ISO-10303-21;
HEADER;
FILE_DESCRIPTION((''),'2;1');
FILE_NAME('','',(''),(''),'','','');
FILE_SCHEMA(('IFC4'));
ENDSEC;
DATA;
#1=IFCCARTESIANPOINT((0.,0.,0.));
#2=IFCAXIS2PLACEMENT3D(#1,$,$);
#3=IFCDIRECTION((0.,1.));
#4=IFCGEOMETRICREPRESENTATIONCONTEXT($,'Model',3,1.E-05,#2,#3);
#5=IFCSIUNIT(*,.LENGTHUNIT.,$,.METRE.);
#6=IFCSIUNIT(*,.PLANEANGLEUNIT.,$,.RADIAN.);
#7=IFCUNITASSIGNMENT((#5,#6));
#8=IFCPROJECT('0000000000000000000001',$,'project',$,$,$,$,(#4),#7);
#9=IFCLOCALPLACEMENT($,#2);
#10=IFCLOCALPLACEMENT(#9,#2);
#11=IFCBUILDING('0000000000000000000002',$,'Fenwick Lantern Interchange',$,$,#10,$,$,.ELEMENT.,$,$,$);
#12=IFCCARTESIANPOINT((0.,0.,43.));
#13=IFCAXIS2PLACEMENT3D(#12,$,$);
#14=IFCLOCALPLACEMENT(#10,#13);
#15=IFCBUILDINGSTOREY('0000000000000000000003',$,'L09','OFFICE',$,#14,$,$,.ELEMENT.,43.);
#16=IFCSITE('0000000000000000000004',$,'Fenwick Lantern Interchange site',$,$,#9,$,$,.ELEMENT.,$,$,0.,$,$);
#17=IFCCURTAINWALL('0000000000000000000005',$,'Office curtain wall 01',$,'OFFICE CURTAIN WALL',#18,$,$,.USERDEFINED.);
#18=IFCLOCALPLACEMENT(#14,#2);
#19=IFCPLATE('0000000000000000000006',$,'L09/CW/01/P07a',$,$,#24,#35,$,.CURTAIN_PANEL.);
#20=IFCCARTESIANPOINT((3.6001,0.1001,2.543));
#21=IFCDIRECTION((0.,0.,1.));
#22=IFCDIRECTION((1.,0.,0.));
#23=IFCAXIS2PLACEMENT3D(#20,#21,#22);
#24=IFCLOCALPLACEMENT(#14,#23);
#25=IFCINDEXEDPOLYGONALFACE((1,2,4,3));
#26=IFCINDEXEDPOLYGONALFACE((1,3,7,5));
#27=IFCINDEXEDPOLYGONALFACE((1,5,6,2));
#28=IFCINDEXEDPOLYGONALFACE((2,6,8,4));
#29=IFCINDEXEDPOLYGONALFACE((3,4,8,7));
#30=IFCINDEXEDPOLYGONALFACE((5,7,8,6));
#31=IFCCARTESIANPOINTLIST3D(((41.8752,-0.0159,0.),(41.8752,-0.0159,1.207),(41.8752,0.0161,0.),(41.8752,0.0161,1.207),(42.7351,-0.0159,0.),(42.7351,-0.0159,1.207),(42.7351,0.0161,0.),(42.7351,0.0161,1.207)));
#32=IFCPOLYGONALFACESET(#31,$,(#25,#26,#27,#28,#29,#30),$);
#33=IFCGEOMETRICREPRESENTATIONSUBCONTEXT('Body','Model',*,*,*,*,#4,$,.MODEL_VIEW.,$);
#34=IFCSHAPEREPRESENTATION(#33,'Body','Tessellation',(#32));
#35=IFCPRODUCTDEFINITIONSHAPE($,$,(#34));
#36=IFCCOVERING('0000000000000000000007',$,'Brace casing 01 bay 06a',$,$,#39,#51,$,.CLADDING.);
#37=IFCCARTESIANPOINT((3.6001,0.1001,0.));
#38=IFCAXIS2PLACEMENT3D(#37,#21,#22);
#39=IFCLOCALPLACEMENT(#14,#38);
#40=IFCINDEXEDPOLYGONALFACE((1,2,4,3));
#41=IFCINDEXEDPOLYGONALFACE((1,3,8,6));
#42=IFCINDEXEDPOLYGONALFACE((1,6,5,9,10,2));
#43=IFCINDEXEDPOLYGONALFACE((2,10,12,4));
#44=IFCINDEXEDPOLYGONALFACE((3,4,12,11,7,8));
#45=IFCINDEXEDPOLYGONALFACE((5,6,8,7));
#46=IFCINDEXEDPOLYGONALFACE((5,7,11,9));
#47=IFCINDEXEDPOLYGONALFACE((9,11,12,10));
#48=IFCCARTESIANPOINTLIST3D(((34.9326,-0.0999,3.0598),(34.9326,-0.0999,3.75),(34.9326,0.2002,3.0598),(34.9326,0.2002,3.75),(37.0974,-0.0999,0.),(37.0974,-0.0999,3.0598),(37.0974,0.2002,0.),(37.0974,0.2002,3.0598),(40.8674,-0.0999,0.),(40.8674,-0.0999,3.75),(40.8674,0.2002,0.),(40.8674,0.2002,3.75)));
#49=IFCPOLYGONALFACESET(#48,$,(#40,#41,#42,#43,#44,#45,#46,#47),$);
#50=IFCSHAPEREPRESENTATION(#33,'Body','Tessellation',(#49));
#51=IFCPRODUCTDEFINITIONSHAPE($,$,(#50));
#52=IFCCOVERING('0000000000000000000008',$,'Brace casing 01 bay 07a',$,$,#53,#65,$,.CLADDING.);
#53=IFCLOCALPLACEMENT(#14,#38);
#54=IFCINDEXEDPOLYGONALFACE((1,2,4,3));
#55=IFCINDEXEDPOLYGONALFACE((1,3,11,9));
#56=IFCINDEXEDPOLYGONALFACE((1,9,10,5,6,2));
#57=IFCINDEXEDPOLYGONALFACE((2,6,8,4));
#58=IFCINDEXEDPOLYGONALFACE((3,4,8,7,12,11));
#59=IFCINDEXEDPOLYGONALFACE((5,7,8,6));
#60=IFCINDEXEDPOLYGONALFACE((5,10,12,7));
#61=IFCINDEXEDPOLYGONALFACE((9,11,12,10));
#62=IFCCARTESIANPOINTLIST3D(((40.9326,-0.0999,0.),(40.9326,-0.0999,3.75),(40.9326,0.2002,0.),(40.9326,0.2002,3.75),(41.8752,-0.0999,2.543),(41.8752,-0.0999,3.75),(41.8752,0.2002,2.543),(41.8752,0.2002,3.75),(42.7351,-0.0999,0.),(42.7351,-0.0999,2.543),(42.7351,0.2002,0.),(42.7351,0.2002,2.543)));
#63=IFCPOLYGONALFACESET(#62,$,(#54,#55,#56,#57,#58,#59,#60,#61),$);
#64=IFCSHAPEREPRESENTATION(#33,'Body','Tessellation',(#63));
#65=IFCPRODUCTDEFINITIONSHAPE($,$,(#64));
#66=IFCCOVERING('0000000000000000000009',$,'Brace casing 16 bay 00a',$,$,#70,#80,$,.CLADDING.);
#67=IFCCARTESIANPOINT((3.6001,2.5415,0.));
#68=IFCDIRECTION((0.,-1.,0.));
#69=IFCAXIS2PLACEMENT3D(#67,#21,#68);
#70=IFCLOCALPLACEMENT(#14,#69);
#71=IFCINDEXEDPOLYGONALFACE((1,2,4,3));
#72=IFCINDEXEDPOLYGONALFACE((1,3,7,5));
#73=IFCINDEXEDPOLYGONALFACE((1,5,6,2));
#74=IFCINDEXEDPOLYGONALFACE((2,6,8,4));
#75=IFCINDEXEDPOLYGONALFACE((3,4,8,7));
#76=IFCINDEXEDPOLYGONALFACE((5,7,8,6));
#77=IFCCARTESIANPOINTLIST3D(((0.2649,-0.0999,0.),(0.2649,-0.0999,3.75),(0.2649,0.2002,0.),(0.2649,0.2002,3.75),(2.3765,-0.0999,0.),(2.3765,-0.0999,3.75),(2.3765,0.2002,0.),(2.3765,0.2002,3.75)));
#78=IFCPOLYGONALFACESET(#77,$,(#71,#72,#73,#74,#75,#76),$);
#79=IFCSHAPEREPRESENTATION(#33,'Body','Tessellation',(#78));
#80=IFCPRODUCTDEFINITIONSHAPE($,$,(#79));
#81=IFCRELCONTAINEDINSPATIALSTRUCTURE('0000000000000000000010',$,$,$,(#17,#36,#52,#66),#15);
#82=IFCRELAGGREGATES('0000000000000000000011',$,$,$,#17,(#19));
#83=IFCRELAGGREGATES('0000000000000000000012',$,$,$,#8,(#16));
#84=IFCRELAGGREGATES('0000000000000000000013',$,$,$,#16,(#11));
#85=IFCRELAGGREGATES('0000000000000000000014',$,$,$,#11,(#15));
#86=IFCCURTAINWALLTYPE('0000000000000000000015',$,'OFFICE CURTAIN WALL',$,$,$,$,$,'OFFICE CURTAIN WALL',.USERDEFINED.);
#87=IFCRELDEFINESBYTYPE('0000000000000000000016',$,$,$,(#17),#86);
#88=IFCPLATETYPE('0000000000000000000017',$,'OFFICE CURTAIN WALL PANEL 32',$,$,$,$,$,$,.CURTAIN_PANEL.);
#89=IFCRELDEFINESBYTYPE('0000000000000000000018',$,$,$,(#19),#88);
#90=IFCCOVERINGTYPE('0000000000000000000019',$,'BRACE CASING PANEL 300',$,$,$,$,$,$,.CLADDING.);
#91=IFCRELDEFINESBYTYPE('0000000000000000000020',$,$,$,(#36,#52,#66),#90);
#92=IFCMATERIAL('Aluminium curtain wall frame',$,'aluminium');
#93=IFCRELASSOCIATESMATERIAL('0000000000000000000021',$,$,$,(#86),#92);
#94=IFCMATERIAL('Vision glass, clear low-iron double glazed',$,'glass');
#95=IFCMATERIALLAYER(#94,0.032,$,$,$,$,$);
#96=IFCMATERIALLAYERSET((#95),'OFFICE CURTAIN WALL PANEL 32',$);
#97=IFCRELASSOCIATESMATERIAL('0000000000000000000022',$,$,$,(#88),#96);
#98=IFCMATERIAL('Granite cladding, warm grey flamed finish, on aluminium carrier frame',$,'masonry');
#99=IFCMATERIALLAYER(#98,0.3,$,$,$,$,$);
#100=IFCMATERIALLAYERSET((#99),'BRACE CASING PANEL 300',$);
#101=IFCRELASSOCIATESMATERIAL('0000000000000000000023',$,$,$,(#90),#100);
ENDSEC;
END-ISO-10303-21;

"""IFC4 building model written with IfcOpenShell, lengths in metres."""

from ifc_helpers import new_model, si_unit, direction, frame, origin, place, context, subcontext, project, spatial, polyline, outline, extrude, material, layer, layer_set, type_object, element, aggregate, save


model = new_model("IFC4")

# Units and contexts
model_context = context("Model", 3, precision=1e-05, world=origin(), true_north=direction((0.0, 1.0)))
body_context = subcontext(model_context, "Body", "Model", "MODEL_VIEW")
ifc_project = project(units=[si_unit("LENGTHUNIT", "METRE"), si_unit("PLANEANGLEUNIT", "RADIAN")], contexts=[model_context])

# Site, building, storey
site_placement = place(None, origin())
site = spatial("IfcSite", under=ifc_project, at=site_placement, Name="Fenwick Lantern Interchange site", CompositionType="ELEMENT", RefElevation=0.0)
building_placement = place(site_placement, origin())
building = spatial("IfcBuilding", under=site, at=building_placement, Name="Fenwick Lantern Interchange", CompositionType="ELEMENT")
storey_placement = place(building_placement, frame((0.0, 0.0, 43.0)))
storey = spatial("IfcBuildingStorey", under=building, at=storey_placement, Name="L09", Description="OFFICE", CompositionType="ELEMENT", Elevation=43.0)

# Curtain wall
ifc_material_1 = material(Name="Aluminium curtain wall frame", Category="aluminium")
curtain_wall_type = type_object("IfcCurtainWallType", Name="OFFICE CURTAIN WALL", ElementType="OFFICE CURTAIN WALL", PredefinedType="USERDEFINED", material=ifc_material_1)
curtain_wall_1_placement = place(storey_placement, origin())
curtain_wall_1 = element("IfcCurtainWall", 1, at=curtain_wall_1_placement, inside=storey, type_object=curtain_wall_type, Name="Office curtain wall 01", ObjectType="OFFICE CURTAIN WALL", PredefinedType="USERDEFINED")

# Plate
ifc_material_2 = material(Name="Vision glass, clear low-iron double glazed", Category="glass")
ifc_layer_1 = layer(ifc_material_2, 0.032)
ifc_layer_set_1 = layer_set([ifc_layer_1], Name="OFFICE CURTAIN WALL PANEL 32")
plate_type = type_object("IfcPlateType", Name="OFFICE CURTAIN WALL PANEL 32", PredefinedType="CURTAIN_PANEL", material=ifc_layer_set_1)
plate_placement = place(storey_placement, frame((3.6001, 0.1001, 2.543), z_axis=(0.0, 0.0, 1.0), x_axis=(1.0, 0.0, 0.0)))
plate = element("IfcPlate", 2, at=plate_placement, type_object=plate_type, Name="L09/CW/01/P07a", PredefinedType="CURTAIN_PANEL", context=body_context, shape_type="SweptSolid", body=[
    extrude(outline(polyline([(41.8752, 0.0), (42.7351, 0.0), (42.7351, 1.207), (41.8752, 1.207), (41.8752, 0.0)])), frame((0.0, 0.0161, 0.0), z_axis=(0.0, -1.0, 0.0), x_axis=(1.0, 0.0, 0.0)), (0.0, 0.0, 1.0), 0.032),
])
aggregate(curtain_wall_1, [plate])

# Coverings
ifc_material_3 = material(Name="Granite cladding, warm grey flamed finish, on aluminium carrier frame", Category="masonry")
ifc_layer_2 = layer(ifc_material_3, 0.3)
ifc_layer_set_2 = layer_set([ifc_layer_2], Name="BRACE CASING PANEL 300")
covering_type = type_object("IfcCoveringType", Name="BRACE CASING PANEL 300", PredefinedType="CLADDING", material=ifc_layer_set_2)
covering_1_placement = place(storey_placement, frame((3.6001, 0.1001, 0.0), z_axis=(0.0, 0.0, 1.0), x_axis=(1.0, 0.0, 0.0)))
element("IfcCovering", 3, at=covering_1_placement, inside=storey, type_object=covering_type, Name="Brace casing 01 bay 06a", PredefinedType="CLADDING", context=body_context, shape_type="SweptSolid", body=[
    extrude(outline(polyline([(37.0974, 0.0), (40.8674, 0.0), (40.8674, 3.75), (34.9326, 3.75), (34.9326, 3.0598), (37.0974, 3.0598), (37.0974, 0.0)])), frame((0.0, 0.2002, 0.0), z_axis=(0.0, -1.0, 0.0), x_axis=(1.0, 0.0, 0.0)), (0.0, 0.0, 1.0), 0.3),
])
covering_2_placement = place(storey_placement, frame((3.6001, 0.1001, 0.0), z_axis=(0.0, 0.0, 1.0), x_axis=(1.0, 0.0, 0.0)))
element("IfcCovering", 4, at=covering_2_placement, inside=storey, type_object=covering_type, Name="Brace casing 01 bay 07a", PredefinedType="CLADDING", context=body_context, shape_type="SweptSolid", body=[
    extrude(outline(polyline([(40.9326, 0.0), (42.7351, 0.0), (42.7351, 2.543), (41.8752, 2.543), (41.8752, 3.75), (40.9326, 3.75), (40.9326, 0.0)])), frame((0.0, 0.2002, 0.0), z_axis=(0.0, -1.0, 0.0), x_axis=(1.0, 0.0, 0.0)), (0.0, 0.0, 1.0), 0.3),
])
covering_3_placement = place(storey_placement, frame((3.6001, 2.5415, 0.0), z_axis=(0.0, 0.0, 1.0), x_axis=(0.0, -1.0, 0.0)))
element("IfcCovering", 5, at=covering_3_placement, inside=storey, type_object=covering_type, Name="Brace casing 16 bay 00a", PredefinedType="CLADDING", context=body_context, shape_type="SweptSolid", body=[
    extrude(outline(polyline([(0.2649, 0.0), (2.3765, 0.0), (2.3765, 3.75), (0.2649, 3.75), (0.2649, 0.0)])), frame((0.0, 0.2002, 0.0), z_axis=(0.0, -1.0, 0.0), x_axis=(1.0, 0.0, 0.0)), (0.0, 0.0, 1.0), 0.3),
])

save(model, "model.ifc")
